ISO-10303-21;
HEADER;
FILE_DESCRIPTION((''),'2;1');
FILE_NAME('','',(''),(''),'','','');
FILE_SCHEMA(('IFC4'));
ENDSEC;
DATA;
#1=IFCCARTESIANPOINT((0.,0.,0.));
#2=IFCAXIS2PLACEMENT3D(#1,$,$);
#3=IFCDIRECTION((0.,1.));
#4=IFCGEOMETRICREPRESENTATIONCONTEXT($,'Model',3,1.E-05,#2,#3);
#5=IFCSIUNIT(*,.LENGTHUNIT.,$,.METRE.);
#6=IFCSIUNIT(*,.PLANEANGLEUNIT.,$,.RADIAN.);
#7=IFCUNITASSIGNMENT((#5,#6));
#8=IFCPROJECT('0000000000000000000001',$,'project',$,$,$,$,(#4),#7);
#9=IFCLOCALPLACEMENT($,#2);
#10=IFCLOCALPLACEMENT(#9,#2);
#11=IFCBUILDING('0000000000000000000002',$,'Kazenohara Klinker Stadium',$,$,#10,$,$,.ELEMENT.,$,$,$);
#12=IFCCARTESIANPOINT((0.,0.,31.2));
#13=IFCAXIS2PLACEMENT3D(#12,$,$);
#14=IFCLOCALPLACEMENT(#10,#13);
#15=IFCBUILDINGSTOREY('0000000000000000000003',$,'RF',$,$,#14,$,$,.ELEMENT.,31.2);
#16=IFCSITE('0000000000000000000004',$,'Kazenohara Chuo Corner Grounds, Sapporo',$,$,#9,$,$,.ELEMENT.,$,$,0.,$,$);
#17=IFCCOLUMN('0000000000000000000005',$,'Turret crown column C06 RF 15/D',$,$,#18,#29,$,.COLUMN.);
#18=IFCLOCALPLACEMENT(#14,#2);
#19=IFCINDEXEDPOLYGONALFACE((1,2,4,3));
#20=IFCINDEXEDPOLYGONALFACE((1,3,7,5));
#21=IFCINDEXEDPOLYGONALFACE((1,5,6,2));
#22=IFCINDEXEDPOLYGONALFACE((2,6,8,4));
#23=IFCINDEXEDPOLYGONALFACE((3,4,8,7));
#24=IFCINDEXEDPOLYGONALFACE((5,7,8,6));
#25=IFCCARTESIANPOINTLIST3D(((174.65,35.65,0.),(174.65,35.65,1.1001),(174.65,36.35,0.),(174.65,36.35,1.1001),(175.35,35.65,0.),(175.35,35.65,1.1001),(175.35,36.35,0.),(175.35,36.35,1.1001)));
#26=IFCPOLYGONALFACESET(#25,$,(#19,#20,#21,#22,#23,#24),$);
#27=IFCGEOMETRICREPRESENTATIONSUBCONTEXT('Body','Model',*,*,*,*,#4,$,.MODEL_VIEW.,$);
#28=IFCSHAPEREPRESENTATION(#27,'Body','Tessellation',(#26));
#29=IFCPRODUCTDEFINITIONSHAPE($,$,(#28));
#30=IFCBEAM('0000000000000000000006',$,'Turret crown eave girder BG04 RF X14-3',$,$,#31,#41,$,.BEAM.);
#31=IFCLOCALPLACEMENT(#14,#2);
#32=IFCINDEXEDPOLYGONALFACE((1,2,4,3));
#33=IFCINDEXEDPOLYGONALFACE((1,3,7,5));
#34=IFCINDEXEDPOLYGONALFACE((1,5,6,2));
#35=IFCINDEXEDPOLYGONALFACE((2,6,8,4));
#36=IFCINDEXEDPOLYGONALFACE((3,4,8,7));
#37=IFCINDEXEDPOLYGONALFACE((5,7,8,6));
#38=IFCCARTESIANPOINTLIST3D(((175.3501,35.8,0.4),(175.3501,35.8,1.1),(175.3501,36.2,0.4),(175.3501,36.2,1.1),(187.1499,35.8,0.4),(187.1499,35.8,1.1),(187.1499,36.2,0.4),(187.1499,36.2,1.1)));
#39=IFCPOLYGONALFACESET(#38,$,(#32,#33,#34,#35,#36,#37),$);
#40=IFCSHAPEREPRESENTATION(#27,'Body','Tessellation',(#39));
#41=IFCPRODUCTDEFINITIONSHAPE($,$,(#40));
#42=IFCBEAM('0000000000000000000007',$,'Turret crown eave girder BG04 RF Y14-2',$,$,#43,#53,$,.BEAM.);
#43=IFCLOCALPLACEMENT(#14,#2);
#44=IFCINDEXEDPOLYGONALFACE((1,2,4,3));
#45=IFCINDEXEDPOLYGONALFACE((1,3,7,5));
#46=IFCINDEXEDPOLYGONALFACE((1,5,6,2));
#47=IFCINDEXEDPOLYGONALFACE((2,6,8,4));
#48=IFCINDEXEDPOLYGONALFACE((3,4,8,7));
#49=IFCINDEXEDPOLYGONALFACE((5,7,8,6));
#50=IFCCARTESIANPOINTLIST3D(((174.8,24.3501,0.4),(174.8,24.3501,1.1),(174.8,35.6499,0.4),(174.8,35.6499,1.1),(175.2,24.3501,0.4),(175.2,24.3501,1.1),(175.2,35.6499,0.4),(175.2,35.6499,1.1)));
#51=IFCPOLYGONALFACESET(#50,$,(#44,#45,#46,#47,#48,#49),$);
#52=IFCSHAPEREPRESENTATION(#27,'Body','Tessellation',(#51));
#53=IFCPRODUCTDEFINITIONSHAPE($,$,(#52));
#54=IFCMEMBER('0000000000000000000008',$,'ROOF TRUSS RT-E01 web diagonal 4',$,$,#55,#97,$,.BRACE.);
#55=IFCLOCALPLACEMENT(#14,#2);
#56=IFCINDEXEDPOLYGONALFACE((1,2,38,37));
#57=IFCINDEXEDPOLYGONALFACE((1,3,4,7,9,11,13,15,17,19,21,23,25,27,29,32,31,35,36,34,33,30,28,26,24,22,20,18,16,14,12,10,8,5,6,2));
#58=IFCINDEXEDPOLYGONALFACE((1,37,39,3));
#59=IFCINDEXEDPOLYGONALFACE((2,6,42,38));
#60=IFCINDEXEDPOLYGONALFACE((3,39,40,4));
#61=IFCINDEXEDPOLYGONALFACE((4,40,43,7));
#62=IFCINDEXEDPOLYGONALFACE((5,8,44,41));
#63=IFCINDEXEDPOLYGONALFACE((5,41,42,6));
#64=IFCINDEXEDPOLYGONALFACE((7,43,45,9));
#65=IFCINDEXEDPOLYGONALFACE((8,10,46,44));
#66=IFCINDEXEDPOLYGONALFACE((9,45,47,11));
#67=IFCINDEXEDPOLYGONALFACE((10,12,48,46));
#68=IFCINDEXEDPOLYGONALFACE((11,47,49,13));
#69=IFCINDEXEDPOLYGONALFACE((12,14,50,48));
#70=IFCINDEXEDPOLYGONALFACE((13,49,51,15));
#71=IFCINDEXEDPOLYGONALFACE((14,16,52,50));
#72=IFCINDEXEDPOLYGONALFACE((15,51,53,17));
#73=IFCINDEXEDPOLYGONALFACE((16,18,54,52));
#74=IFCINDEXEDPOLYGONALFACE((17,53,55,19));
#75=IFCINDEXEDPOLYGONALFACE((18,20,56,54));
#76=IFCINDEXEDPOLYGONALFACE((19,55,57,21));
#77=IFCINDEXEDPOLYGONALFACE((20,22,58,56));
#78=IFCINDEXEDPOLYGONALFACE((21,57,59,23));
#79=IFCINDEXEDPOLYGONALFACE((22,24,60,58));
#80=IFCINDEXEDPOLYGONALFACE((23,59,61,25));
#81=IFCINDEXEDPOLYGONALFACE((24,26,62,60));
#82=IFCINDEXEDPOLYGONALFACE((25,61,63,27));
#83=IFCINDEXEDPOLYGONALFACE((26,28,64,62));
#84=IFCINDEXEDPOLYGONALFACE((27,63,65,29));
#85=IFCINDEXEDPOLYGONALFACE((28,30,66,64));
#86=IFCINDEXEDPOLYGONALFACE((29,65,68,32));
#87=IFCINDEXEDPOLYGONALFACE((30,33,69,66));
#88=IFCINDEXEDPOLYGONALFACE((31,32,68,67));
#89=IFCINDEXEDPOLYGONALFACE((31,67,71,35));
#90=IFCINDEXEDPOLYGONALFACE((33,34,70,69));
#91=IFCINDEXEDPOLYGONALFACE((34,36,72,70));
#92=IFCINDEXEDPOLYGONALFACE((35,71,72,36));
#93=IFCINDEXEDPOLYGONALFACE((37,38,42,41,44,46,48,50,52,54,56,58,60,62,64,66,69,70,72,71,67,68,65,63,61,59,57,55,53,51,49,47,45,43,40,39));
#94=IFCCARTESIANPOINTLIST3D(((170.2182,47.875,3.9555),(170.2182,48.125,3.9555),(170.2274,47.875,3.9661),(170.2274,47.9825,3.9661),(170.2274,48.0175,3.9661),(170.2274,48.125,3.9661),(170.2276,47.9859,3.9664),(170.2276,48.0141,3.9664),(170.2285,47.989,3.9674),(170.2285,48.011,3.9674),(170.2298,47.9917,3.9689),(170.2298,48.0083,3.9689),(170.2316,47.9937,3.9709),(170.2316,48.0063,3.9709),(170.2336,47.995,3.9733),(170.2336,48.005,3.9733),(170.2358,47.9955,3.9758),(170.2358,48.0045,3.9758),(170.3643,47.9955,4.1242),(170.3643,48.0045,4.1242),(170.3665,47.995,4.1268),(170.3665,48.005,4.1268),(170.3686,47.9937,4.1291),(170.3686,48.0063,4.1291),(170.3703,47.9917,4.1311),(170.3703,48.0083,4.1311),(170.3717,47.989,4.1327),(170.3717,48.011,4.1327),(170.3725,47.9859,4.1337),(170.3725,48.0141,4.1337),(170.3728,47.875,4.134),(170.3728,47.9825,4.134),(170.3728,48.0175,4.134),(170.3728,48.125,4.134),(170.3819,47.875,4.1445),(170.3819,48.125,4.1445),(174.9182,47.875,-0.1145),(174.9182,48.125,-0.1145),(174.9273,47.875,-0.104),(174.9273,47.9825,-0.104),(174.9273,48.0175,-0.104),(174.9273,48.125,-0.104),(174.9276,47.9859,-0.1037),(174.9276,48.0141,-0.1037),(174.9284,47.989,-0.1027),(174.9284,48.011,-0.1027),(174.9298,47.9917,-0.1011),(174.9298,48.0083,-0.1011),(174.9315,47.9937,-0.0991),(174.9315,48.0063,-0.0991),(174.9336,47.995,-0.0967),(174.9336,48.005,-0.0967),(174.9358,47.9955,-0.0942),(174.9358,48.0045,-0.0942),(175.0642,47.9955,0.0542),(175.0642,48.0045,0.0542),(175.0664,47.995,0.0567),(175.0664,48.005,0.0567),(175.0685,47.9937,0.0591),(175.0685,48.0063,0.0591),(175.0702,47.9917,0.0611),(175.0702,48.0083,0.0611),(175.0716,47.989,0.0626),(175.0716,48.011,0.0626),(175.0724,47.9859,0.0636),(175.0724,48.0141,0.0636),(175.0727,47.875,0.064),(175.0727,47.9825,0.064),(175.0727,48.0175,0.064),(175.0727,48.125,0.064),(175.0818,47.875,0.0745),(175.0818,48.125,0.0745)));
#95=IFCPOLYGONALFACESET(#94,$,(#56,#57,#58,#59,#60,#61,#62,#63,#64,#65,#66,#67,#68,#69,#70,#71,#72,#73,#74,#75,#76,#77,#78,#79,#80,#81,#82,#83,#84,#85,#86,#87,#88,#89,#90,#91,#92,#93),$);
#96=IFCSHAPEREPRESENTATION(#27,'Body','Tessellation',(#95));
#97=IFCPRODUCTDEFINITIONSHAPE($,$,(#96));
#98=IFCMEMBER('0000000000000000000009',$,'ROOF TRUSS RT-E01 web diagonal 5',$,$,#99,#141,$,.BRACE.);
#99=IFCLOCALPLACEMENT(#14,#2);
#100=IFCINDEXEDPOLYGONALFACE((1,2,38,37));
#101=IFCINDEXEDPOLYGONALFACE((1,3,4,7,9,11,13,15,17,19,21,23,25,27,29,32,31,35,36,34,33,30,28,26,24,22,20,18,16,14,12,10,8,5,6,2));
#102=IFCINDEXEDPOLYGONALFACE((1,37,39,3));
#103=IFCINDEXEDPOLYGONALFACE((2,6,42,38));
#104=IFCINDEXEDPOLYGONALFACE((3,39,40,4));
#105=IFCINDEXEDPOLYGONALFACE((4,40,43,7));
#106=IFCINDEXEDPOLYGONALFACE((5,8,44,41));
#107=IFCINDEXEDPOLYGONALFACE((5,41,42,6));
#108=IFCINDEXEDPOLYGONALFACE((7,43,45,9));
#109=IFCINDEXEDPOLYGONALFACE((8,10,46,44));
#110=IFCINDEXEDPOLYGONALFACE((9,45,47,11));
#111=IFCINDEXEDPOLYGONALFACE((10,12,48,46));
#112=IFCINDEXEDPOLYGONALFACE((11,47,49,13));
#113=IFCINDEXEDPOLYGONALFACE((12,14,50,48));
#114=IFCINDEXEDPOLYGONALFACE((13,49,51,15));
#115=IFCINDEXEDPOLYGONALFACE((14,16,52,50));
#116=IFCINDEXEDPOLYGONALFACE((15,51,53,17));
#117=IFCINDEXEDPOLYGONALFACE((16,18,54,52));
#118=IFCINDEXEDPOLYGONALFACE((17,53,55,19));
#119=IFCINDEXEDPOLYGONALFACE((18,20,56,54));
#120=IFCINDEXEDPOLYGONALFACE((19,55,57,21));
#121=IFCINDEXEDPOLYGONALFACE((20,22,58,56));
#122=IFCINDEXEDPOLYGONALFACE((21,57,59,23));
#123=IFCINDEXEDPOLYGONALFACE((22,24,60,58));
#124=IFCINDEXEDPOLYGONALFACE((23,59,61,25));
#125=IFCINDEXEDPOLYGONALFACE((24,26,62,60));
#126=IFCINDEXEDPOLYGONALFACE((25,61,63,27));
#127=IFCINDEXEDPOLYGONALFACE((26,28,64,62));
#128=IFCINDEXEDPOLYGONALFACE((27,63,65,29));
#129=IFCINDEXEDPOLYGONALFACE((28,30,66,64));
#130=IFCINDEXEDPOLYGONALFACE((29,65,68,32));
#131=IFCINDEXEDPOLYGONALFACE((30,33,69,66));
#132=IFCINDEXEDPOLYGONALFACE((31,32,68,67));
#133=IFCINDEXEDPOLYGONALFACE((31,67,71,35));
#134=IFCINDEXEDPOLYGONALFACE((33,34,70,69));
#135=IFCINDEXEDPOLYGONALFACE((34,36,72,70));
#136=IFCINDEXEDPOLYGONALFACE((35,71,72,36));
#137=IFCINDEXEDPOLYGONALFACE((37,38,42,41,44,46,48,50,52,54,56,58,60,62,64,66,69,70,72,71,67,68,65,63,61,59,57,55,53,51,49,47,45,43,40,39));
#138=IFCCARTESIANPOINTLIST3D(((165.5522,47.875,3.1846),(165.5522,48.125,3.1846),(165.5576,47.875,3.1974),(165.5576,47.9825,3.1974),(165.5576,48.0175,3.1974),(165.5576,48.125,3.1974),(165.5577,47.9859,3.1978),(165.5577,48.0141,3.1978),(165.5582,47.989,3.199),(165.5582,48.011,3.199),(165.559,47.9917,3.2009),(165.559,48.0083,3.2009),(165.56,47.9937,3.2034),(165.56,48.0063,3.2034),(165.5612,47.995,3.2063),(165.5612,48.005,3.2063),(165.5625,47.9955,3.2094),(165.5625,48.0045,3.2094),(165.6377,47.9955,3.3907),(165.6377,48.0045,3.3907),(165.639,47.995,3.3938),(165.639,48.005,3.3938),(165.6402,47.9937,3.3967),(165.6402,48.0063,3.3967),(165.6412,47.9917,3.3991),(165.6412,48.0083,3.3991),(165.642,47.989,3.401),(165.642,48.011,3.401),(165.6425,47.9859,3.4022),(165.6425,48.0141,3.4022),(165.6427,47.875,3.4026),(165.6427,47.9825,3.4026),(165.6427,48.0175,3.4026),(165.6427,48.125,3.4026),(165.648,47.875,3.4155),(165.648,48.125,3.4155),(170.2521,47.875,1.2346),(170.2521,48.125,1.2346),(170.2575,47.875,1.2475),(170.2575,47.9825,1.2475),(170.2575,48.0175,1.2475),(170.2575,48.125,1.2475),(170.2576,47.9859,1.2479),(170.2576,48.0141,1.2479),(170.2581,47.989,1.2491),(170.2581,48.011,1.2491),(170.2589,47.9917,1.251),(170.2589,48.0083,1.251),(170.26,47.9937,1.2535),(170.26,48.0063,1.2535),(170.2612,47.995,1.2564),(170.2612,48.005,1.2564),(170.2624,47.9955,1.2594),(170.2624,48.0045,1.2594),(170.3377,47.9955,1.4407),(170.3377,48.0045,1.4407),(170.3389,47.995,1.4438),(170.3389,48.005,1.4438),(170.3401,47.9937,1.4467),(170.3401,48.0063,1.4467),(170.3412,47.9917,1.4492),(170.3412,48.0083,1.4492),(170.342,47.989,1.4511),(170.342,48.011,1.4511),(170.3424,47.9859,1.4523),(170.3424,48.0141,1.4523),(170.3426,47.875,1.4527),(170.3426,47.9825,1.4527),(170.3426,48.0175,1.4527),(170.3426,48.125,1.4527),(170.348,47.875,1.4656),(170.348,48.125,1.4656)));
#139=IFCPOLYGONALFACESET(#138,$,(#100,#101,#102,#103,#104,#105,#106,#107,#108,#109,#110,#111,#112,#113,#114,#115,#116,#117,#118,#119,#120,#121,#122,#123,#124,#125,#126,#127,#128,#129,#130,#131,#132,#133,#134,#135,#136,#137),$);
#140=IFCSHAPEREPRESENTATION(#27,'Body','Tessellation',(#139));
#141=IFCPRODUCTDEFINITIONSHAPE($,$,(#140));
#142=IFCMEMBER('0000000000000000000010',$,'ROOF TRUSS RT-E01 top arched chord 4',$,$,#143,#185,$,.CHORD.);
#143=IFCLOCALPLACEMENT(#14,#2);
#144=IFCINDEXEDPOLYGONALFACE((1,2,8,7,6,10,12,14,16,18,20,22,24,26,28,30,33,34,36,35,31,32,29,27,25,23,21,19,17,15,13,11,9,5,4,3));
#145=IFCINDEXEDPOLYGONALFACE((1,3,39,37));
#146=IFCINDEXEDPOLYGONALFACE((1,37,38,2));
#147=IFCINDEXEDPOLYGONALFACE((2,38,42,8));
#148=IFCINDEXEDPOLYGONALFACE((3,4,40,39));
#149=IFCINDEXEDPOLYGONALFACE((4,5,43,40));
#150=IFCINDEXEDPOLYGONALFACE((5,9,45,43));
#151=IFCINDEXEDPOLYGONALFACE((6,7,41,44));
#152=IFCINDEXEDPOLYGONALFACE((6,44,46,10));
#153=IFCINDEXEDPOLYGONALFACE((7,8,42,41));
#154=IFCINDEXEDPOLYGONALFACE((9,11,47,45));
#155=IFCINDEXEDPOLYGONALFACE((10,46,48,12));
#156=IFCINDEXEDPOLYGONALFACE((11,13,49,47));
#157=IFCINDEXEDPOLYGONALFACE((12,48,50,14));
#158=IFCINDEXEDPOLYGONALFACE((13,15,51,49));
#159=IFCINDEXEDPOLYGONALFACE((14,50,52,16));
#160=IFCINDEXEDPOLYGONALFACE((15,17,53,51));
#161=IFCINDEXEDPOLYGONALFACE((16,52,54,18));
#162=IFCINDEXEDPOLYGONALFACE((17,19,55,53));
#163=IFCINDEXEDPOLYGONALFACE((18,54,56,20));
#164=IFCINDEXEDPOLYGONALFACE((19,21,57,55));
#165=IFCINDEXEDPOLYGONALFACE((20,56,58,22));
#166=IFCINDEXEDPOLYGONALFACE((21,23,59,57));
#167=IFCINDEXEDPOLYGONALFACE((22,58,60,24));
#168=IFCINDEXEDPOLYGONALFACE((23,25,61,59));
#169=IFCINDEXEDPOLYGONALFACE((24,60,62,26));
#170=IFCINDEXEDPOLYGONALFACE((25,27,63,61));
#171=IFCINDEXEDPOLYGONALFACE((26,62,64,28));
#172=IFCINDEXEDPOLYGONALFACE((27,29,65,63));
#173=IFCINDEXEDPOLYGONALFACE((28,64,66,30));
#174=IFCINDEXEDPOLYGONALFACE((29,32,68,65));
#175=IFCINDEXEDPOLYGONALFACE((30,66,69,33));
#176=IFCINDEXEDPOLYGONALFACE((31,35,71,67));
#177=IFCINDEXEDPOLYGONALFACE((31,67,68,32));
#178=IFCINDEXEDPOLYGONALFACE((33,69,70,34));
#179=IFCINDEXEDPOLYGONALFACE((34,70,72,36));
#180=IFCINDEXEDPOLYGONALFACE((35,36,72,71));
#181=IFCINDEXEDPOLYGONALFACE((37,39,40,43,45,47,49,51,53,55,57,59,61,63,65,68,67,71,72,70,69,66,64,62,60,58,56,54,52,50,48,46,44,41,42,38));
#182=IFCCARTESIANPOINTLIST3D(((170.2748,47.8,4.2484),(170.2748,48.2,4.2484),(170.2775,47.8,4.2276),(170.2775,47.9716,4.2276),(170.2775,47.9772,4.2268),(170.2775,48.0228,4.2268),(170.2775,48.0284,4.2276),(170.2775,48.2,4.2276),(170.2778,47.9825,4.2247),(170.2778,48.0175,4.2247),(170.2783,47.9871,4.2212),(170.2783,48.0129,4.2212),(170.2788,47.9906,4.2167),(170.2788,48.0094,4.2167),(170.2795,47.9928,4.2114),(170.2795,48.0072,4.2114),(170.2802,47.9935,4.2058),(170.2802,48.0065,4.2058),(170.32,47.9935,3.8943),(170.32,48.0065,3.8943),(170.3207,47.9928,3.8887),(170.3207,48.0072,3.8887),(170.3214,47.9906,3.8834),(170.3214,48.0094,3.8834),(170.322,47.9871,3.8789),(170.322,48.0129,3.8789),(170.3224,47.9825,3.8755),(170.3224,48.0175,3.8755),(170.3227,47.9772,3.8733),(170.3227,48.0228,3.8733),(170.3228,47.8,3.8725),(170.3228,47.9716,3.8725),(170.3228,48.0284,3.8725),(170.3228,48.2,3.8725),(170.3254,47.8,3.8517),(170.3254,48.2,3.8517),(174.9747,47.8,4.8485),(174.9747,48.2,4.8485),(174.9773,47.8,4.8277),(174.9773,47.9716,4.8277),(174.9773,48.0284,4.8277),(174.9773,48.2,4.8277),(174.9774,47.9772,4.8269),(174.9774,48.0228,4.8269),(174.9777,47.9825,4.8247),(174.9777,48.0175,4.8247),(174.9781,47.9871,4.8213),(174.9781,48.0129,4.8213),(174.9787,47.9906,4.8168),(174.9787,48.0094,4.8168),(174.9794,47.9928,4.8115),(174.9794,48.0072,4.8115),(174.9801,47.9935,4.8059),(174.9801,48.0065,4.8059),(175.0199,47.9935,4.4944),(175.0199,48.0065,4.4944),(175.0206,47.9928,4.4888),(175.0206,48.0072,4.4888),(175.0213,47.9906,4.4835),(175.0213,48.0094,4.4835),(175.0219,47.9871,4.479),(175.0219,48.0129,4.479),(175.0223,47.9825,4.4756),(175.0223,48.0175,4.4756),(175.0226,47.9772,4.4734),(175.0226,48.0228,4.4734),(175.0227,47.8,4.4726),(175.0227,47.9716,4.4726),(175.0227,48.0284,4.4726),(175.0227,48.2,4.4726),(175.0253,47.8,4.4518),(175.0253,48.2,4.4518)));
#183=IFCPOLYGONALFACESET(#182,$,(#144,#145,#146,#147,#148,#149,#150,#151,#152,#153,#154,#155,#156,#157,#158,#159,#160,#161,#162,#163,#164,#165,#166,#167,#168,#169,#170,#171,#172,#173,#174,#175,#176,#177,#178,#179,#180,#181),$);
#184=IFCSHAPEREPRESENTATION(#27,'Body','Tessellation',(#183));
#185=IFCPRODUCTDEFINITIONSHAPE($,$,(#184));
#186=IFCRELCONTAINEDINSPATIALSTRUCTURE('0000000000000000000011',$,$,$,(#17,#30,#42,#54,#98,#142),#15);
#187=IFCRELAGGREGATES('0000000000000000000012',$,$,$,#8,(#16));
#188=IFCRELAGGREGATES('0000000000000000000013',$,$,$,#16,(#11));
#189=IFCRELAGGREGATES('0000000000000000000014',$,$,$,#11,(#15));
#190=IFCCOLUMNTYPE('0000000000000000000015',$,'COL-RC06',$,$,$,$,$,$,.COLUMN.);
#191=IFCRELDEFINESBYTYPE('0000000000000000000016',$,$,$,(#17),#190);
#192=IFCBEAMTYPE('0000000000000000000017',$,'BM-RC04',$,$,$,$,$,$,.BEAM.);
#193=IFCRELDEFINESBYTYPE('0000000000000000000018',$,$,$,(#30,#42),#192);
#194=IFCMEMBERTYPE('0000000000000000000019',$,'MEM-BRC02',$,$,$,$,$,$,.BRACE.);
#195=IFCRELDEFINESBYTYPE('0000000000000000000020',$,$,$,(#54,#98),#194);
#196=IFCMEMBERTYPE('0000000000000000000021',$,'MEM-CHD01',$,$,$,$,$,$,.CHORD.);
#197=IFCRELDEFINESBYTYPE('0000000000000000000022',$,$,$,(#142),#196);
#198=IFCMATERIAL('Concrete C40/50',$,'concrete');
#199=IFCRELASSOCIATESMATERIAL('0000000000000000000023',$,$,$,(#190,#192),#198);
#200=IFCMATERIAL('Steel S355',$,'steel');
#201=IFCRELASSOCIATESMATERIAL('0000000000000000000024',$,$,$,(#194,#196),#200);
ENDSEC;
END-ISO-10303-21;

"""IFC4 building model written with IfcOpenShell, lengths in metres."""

from ifc_helpers import new_model, si_unit, direction, frame, origin, origin_2d, place, context, subcontext, project, spatial, rectangle, i_section, extrude, material, material_profile, profile_set, type_object, element, save


model = new_model("IFC4")

# Units and contexts
model_context = context("Model", 3, precision=1e-05, world=origin(), true_north=direction((0.0, 1.0)))
body_context = subcontext(model_context, "Body", "Model", "MODEL_VIEW")
ifc_project = project(units=[si_unit("LENGTHUNIT", "METRE"), si_unit("PLANEANGLEUNIT", "RADIAN")], contexts=[model_context])

# Site, building, storey
site_placement = place(None, origin())
site = spatial("IfcSite", under=ifc_project, at=site_placement, Name="Kazenohara Chuo Corner Grounds, Sapporo", CompositionType="ELEMENT", RefElevation=0.0)
building_placement = place(site_placement, origin())
building = spatial("IfcBuilding", under=site, at=building_placement, Name="Kazenohara Klinker Stadium", CompositionType="ELEMENT")
storey_placement = place(building_placement, frame((0.0, 0.0, 31.2)))
storey = spatial("IfcBuildingStorey", under=building, at=storey_placement, Name="RF", CompositionType="ELEMENT", Elevation=31.2)

# Column
ifc_material_1 = material(Name="Concrete C40/50", Category="concrete")
ifc_material_profile_1 = material_profile(ifc_material_1, rectangle(XDim=0.7, YDim=0.7, at=origin_2d()), Name="RC-COL-700x700")
ifc_profile_set_1 = profile_set([ifc_material_profile_1], Name="Concrete C40/50")
column_type = type_object("IfcColumnType", Name="COL-RC06", PredefinedType="COLUMN", material=ifc_profile_set_1)
column_placement = place(storey_placement, frame((175.0, 36.0, 0.0), z_axis=(0.0, 0.0, 1.0), x_axis=(1.0, 0.0, 0.0)))
element("IfcColumn", 1, at=column_placement, inside=storey, type_object=column_type, Name="Turret crown column C06 RF 15/D", PredefinedType="COLUMN", context=body_context, shape_type="SweptSolid", body=[
    extrude(rectangle(XDim=0.7, YDim=0.7, at=origin_2d()), origin(), (0.0, 0.0, 1.0), 1.1001),
])

# Beams
ifc_material_profile_2 = material_profile(ifc_material_1, rectangle(XDim=0.3999, YDim=0.7, at=origin_2d()), Name="RC-BM-400x700")
ifc_profile_set_2 = profile_set([ifc_material_profile_2], Name="Concrete C40/50")
beam_type_1 = type_object("IfcBeamType", Name="BM-RC04", PredefinedType="BEAM", material=ifc_profile_set_2)
beam_1_placement = place(storey_placement, frame((175.3501, 36.0, 0.75), z_axis=(1.0, 0.0, 0.0), x_axis=(0.0, 1.0, 0.0)))
element("IfcBeam", 2, at=beam_1_placement, inside=storey, type_object=beam_type_1, Name="Turret crown eave girder BG04 RF X14-3", PredefinedType="BEAM", context=body_context, shape_type="SweptSolid", body=[
    extrude(rectangle(XDim=0.3999, YDim=0.7, at=origin_2d()), origin(), (0.0, 0.0, 1.0), 11.7998),
])
beam_2_placement = place(storey_placement, frame((175.0, 24.3501, 0.75), z_axis=(0.0, 1.0, 0.0), x_axis=(-1.0, 0.0, 0.0)))
element("IfcBeam", 3, at=beam_2_placement, inside=storey, type_object=beam_type_1, Name="Turret crown eave girder BG04 RF Y14-2", PredefinedType="BEAM", context=body_context, shape_type="SweptSolid", body=[
    extrude(rectangle(XDim=0.3999, YDim=0.7, at=origin_2d()), origin(), (0.0, 0.0, 1.0), 11.2998),
])

# Members
ifc_material_2 = material(Name="Steel S355", Category="steel")
ifc_material_profile_3 = material_profile(ifc_material_2, i_section(OverallWidth=0.25, OverallDepth=0.25, WebThickness=0.009, FlangeThickness=0.0139, FilletRadius=0.0129, at=origin_2d()), Name="H-250x250x9x14")
ifc_profile_set_3 = profile_set([ifc_material_profile_3], Name="Steel S355")
member_type_1 = type_object("IfcMemberType", Name="MEM-BRC02", PredefinedType="BRACE", material=ifc_profile_set_3)
member_1_placement = place(storey_placement, frame((175.0, 48.0, -0.02), z_axis=(-0.755946, 0.0, 0.654634), x_axis=(0.0, -1.0, 0.0)))
element("IfcMember", 4, at=member_1_placement, inside=storey, type_object=member_type_1, Name="ROOF TRUSS RT-E01 web diagonal 4", PredefinedType="BRACE", context=body_context, shape_type="SweptSolid", body=[
    extrude(i_section(OverallWidth=0.25, OverallDepth=0.25, WebThickness=0.009, FlangeThickness=0.0139, FilletRadius=0.0129, at=origin_2d()), origin(), (0.0, 0.0, 1.0), 6.2173),
])
member_2_placement = place(storey_placement, frame((170.3, 48.0, 1.3501), z_axis=(-0.923659, 0.0, 0.383215), x_axis=(0.0, -1.0, 0.0)))
element("IfcMember", 5, at=member_2_placement, inside=storey, type_object=member_type_1, Name="ROOF TRUSS RT-E01 web diagonal 5", PredefinedType="BRACE", context=body_context, shape_type="SweptSolid", body=[
    extrude(i_section(OverallWidth=0.25, OverallDepth=0.25, WebThickness=0.009, FlangeThickness=0.0139, FilletRadius=0.0129, at=origin_2d()), origin(), (0.0, 0.0, 1.0), 5.0884),
])
ifc_material_profile_4 = material_profile(ifc_material_2, i_section(OverallWidth=0.3999, OverallDepth=0.3999, WebThickness=0.0129, FlangeThickness=0.021, FilletRadius=0.022, at=origin_2d()), Name="H-400x400x13x21")
ifc_profile_set_4 = profile_set([ifc_material_profile_4], Name="Steel S355")
member_type_2 = type_object("IfcMemberType", Name="MEM-CHD01", PredefinedType="CHORD", material=ifc_profile_set_4)
member_3_placement = place(storey_placement, frame((175.0, 48.0, 4.6501), z_axis=(-0.991947, 0.0, -0.126653), x_axis=(0.0, -1.0, 0.0)))
element("IfcMember", 6, at=member_3_placement, inside=storey, type_object=member_type_2, Name="ROOF TRUSS RT-E01 top arched chord 4", PredefinedType="CHORD", context=body_context, shape_type="SweptSolid", body=[
    extrude(i_section(OverallWidth=0.3999, OverallDepth=0.3999, WebThickness=0.0129, FlangeThickness=0.021, FilletRadius=0.022, at=origin_2d()), origin(), (0.0, 0.0, 1.0), 4.738),
])

save(model, "model.ifc")
